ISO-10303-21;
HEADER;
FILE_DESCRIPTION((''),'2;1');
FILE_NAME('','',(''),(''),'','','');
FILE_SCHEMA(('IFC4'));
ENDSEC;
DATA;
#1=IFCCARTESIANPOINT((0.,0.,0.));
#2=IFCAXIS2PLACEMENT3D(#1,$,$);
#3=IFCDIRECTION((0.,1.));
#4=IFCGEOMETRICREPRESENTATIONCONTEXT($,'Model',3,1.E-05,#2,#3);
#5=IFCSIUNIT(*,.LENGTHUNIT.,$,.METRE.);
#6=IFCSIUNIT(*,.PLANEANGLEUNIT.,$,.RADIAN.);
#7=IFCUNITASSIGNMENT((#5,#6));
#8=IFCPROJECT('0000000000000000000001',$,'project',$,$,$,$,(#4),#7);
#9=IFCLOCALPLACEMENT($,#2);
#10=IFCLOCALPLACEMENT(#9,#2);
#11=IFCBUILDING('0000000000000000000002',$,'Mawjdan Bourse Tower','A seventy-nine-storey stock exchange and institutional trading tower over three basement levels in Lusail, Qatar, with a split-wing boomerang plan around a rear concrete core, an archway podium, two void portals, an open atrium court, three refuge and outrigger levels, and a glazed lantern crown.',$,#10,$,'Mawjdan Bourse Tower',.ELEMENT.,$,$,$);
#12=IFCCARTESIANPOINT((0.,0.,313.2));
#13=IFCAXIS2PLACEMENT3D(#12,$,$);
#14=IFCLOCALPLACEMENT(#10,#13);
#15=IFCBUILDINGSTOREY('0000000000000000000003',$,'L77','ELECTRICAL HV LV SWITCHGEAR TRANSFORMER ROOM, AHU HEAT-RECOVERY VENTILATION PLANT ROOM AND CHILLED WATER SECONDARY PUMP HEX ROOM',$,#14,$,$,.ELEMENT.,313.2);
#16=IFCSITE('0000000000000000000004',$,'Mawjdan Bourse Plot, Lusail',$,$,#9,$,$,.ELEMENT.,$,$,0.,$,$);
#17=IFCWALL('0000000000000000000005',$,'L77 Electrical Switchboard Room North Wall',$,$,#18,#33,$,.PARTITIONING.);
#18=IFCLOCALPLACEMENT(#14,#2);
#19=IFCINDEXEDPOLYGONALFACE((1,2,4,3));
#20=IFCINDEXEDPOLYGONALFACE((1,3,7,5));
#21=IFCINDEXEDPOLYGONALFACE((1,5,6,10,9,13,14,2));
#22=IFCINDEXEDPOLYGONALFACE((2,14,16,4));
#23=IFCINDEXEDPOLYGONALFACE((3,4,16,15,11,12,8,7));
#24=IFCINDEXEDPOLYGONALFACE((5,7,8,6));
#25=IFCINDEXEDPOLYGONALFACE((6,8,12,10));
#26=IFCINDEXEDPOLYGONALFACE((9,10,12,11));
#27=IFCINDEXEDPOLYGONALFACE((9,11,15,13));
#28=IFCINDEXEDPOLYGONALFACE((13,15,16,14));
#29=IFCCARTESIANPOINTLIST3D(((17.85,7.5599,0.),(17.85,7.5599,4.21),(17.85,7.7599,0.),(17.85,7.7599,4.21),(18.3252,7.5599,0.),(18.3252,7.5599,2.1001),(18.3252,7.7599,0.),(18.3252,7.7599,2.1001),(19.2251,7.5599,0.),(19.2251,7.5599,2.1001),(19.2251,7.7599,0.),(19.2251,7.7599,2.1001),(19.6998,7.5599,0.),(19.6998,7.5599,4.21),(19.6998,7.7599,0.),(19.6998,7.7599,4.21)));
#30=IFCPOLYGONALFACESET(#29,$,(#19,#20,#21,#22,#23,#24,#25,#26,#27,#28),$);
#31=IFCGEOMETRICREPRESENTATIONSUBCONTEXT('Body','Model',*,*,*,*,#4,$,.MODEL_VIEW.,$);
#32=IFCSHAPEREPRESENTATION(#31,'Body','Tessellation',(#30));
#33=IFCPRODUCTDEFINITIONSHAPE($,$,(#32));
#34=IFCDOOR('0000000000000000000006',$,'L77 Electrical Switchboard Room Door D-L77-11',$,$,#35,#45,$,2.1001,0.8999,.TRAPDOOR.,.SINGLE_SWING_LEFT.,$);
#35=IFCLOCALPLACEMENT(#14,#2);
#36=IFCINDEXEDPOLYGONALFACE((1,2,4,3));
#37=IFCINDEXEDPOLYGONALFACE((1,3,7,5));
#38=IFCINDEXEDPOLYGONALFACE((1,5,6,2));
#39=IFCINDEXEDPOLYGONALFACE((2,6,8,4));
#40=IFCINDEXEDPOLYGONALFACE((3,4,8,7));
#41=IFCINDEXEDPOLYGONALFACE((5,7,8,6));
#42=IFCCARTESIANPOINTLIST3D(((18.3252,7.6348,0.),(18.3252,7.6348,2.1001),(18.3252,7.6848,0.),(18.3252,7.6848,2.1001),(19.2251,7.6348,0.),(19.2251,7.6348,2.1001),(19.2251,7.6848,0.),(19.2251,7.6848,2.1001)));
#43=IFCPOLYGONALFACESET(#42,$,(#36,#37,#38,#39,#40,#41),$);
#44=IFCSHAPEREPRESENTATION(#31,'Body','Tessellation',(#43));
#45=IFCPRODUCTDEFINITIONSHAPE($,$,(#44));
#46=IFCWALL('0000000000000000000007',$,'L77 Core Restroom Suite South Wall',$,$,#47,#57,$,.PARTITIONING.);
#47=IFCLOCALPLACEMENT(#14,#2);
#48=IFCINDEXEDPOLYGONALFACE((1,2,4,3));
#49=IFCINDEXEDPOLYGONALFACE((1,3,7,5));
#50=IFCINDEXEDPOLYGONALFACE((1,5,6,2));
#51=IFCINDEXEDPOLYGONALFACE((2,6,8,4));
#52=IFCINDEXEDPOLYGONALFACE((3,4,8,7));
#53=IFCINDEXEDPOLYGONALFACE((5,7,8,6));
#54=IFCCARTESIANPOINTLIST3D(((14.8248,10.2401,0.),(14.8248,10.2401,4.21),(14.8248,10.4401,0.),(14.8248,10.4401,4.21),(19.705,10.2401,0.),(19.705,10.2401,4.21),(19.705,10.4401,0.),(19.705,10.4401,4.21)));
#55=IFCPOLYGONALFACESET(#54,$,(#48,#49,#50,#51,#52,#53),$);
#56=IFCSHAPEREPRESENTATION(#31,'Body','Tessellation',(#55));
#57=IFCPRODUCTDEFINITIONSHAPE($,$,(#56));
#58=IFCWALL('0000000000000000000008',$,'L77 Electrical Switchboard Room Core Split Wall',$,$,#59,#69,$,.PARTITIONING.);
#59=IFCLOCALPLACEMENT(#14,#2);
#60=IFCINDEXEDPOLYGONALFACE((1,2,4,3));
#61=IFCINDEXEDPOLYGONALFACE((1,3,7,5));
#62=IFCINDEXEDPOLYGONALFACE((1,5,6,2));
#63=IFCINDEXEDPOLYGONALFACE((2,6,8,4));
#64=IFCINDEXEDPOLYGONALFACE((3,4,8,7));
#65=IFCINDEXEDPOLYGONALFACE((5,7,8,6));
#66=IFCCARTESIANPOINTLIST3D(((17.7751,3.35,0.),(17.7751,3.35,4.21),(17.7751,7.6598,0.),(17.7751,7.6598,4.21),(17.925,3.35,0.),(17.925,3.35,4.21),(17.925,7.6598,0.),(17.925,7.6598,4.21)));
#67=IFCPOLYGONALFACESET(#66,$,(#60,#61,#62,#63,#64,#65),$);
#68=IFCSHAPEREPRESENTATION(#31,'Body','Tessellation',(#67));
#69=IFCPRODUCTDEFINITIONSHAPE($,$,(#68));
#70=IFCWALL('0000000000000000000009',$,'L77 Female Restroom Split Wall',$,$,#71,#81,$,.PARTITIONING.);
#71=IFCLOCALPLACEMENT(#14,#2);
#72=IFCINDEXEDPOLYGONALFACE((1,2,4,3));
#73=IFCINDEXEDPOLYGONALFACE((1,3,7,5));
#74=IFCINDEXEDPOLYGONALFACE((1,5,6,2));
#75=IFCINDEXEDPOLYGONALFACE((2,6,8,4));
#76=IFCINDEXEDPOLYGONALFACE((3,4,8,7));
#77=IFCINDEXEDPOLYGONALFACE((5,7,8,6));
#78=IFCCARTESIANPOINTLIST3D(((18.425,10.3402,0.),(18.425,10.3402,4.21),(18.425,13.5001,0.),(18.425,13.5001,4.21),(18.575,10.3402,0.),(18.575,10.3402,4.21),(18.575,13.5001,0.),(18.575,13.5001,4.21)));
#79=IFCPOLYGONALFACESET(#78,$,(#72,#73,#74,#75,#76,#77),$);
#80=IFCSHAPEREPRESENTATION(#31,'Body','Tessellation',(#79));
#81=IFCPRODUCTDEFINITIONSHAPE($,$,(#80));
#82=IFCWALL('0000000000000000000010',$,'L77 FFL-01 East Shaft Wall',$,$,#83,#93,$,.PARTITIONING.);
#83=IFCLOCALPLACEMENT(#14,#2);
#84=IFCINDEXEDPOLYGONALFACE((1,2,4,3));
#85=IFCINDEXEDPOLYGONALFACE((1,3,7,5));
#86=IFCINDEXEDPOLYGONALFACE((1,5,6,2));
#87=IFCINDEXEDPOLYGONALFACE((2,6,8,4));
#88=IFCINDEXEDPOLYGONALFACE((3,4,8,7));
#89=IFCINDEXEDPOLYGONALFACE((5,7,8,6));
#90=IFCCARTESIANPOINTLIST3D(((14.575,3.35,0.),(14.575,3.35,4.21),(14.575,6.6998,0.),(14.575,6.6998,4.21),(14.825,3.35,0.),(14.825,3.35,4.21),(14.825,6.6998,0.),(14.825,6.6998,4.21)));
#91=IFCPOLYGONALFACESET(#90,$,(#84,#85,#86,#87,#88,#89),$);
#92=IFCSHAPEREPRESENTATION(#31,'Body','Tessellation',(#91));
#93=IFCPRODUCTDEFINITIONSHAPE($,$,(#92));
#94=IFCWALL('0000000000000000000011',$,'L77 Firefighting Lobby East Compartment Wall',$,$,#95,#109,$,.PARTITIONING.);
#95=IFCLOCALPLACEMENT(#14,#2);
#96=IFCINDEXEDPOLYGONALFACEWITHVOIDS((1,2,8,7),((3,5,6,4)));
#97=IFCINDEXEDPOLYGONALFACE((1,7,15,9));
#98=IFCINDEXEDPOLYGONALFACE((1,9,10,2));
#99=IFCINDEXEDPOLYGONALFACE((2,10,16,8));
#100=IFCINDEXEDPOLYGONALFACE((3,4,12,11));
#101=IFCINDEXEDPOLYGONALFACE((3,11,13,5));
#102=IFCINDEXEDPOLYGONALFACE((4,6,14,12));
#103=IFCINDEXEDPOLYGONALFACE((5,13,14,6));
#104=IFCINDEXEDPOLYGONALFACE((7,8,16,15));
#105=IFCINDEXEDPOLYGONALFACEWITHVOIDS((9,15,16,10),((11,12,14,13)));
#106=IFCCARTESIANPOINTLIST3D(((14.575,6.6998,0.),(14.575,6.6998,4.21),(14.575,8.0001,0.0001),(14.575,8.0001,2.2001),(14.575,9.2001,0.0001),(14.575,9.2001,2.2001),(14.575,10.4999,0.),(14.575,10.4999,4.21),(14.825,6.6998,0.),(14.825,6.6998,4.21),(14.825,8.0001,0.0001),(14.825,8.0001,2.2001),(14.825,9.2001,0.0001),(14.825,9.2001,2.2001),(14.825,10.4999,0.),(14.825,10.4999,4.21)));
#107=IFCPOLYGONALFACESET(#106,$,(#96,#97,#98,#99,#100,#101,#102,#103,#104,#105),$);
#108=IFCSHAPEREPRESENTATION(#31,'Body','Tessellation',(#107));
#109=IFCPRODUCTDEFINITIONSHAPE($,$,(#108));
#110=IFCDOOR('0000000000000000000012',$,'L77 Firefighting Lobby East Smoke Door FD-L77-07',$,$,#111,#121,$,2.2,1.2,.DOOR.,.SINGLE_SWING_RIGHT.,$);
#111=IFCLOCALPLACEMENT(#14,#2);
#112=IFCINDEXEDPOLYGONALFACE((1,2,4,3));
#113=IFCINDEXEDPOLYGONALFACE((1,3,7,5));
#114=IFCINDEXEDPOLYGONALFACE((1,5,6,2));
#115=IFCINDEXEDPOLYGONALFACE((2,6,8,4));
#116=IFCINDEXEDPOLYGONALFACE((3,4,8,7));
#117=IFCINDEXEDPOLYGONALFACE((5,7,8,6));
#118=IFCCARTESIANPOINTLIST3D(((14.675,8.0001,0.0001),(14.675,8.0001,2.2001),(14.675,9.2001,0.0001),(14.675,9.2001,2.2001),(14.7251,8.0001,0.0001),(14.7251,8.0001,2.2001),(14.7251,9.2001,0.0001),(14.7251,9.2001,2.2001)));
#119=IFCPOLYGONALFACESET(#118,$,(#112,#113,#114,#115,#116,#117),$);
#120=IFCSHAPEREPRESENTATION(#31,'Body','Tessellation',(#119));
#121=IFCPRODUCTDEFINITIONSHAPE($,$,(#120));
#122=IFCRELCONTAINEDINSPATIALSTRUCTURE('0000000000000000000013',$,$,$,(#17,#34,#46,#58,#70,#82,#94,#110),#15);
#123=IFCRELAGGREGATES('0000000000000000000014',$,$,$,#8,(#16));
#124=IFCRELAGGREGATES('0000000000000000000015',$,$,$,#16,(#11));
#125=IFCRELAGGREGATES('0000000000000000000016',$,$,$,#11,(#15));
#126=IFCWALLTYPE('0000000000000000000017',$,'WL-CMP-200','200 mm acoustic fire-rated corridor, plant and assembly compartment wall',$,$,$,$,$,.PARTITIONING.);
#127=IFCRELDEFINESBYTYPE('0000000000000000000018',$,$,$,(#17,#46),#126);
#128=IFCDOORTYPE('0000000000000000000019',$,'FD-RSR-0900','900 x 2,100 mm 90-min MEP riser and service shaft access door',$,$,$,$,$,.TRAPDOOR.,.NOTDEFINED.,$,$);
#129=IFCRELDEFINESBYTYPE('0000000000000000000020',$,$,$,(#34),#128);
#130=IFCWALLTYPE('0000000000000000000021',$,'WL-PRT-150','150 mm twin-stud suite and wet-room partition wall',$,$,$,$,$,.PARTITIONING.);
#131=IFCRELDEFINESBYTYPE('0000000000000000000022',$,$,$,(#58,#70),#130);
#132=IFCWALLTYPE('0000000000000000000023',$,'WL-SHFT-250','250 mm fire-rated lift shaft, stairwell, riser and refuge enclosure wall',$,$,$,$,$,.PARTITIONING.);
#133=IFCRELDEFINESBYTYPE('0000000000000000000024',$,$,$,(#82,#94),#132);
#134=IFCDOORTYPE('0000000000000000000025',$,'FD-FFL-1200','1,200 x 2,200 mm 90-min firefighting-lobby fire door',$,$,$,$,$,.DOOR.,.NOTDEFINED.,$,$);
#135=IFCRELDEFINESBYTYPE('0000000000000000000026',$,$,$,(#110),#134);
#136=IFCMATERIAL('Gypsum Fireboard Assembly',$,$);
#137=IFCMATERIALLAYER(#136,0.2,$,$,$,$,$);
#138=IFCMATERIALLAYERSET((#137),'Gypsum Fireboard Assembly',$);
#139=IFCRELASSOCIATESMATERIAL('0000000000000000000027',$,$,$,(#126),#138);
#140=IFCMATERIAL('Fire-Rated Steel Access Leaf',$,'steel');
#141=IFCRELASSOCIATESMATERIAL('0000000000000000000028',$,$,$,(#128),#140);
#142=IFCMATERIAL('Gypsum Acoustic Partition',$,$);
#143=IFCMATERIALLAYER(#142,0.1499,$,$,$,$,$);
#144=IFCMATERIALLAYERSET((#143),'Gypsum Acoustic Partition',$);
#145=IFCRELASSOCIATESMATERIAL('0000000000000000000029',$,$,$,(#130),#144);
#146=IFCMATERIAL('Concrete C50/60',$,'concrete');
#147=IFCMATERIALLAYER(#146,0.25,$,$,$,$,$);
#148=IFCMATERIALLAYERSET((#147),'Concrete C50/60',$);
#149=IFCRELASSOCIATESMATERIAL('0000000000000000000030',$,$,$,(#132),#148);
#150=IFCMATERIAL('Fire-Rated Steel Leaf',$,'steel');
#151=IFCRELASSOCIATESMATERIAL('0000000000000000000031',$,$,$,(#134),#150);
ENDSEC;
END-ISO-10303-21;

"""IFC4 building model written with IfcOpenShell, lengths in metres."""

from ifc_helpers import new_model, si_unit, direction, frame, frame_2d, origin, place, context, subcontext, project, spatial, rectangle, extrude, material, layer, layer_set, type_object, element, fill, save


model = new_model("IFC4")

# Units and contexts
model_context = context("Model", 3, precision=1e-05, world=origin(), true_north=direction((0.0, 1.0)))
body_context = subcontext(model_context, "Body", "Model", "MODEL_VIEW")
ifc_project = project(units=[si_unit("LENGTHUNIT", "METRE"), si_unit("PLANEANGLEUNIT", "RADIAN")], contexts=[model_context])

# Site, building, storey
site_placement = place(None, origin())
site = spatial("IfcSite", under=ifc_project, at=site_placement, Name="Mawjdan Bourse Plot, Lusail", CompositionType="ELEMENT", RefElevation=0.0)
building_placement = place(site_placement, origin())
building = spatial("IfcBuilding", under=site, at=building_placement, Name="Mawjdan Bourse Tower", Description="A seventy-nine-storey stock exchange and institutional trading tower over three basement levels in Lusail, Qatar, with a split-wing boomerang plan around a rear concrete core, an archway podium, two void portals, an open atrium court, three refuge and outrigger levels, and a glazed lantern crown.", LongName="Mawjdan Bourse Tower", CompositionType="ELEMENT")
storey_placement = place(building_placement, frame((0.0, 0.0, 313.2)))
storey = spatial("IfcBuildingStorey", under=building, at=storey_placement, Name="L77", Description="ELECTRICAL HV LV SWITCHGEAR TRANSFORMER ROOM, AHU HEAT-RECOVERY VENTILATION PLANT ROOM AND CHILLED WATER SECONDARY PUMP HEX ROOM", CompositionType="ELEMENT", Elevation=313.2)

# Wall, opening, door
ifc_material_1 = material(Name="Gypsum Fireboard Assembly")
ifc_layer_1 = layer(ifc_material_1, 0.2)
ifc_layer_set_1 = layer_set([ifc_layer_1], Name="Gypsum Fireboard Assembly")
wall_type_1 = type_object("IfcWallType", Name="WL-CMP-200", Description="200 mm acoustic fire-rated corridor, plant and assembly compartment wall", PredefinedType="PARTITIONING", material=ifc_layer_set_1)
wall_1_placement = place(storey_placement, frame((17.8501, 7.6599, 0.0), z_axis=(0.0, 0.0, 1.0), x_axis=(1.0, 0.0, 0.0)))
wall_1 = element("IfcWall", 1, at=wall_1_placement, inside=storey, type_object=wall_type_1, Name="L77 Electrical Switchboard Room North Wall", PredefinedType="PARTITIONING", context=body_context, shape_type="SweptSolid", body=[
    extrude(rectangle(XDim=1.8499, YDim=0.2, at=frame_2d((0.9248, 0.0))), origin(), (0.0, 0.0, 1.0), 4.21),
])
opening_1_placement = place(wall_1_placement, frame((0.4751, 0.0, 0.0)))
opening_1 = element("IfcOpeningElement", 2, at=opening_1_placement, cuts=wall_1, PredefinedType="OPENING", context=body_context, shape_type="SweptSolid", body=[
    extrude(rectangle(XDim=0.8999, YDim=2.1001, at=frame_2d((0.45, 1.05))), frame((0.0, 0.1099, 0.0), z_axis=(0.0, -1.0, 0.0), x_axis=(1.0, 0.0, 0.0)), (0.0, 0.0, 1.0), 0.22),
])
ifc_material_2 = material(Name="Fire-Rated Steel Access Leaf", Category="steel")
door_type_1 = type_object("IfcDoorType", Name="FD-RSR-0900", Description="900 x 2,100 mm 90-min MEP riser and service shaft access door", OperationType="NOTDEFINED", PredefinedType="TRAPDOOR", material=ifc_material_2)
door_1_placement = place(opening_1_placement, origin())
door_1 = element("IfcDoor", 3, at=door_1_placement, inside=storey, type_object=door_type_1, Name="L77 Electrical Switchboard Room Door D-L77-11", OperationType="SINGLE_SWING_LEFT", OverallHeight=2.1001, OverallWidth=0.8999, PredefinedType="TRAPDOOR", context=body_context, shape_type="SweptSolid", body=[
    extrude(rectangle(XDim=0.8999, YDim=2.1001, at=frame_2d((0.45, 1.05))), frame((0.0, 0.0249, 0.0), z_axis=(0.0, -1.0, 0.0), x_axis=(1.0, 0.0, 0.0)), (0.0, 0.0, 1.0), 0.05),
])
fill(opening_1, door_1)

# Walls
wall_2_placement = place(storey_placement, frame((14.825, 10.3401, 0.0), z_axis=(0.0, 0.0, 1.0), x_axis=(1.0, 0.0, 0.0)))
element("IfcWall", 4, at=wall_2_placement, inside=storey, type_object=wall_type_1, Name="L77 Core Restroom Suite South Wall", PredefinedType="PARTITIONING", context=body_context, shape_type="SweptSolid", body=[
    extrude(rectangle(XDim=4.8801, YDim=0.2, at=frame_2d((2.4399, 0.0))), origin(), (0.0, 0.0, 1.0), 4.21),
])
ifc_material_3 = material(Name="Gypsum Acoustic Partition")
ifc_layer_2 = layer(ifc_material_3, 0.1499)
ifc_layer_set_2 = layer_set([ifc_layer_2], Name="Gypsum Acoustic Partition")
wall_type_2 = type_object("IfcWallType", Name="WL-PRT-150", Description="150 mm twin-stud suite and wet-room partition wall", PredefinedType="PARTITIONING", material=ifc_layer_set_2)
wall_3_placement = place(storey_placement, frame((17.8501, 3.3501, 0.0), z_axis=(0.0, 0.0, 1.0), x_axis=(0.0, 1.0, 0.0)))
element("IfcWall", 5, at=wall_3_placement, inside=storey, type_object=wall_type_2, Name="L77 Electrical Switchboard Room Core Split Wall", PredefinedType="PARTITIONING", context=body_context, shape_type="SweptSolid", body=[
    extrude(rectangle(XDim=4.3098, YDim=0.1499, at=frame_2d((2.1548, 0.0))), origin(), (0.0, 0.0, 1.0), 4.21),
])
wall_4_placement = place(storey_placement, frame((18.5, 10.3401, 0.0), z_axis=(0.0, 0.0, 1.0), x_axis=(0.0, 1.0, 0.0)))
element("IfcWall", 6, at=wall_4_placement, inside=storey, type_object=wall_type_2, Name="L77 Female Restroom Split Wall", PredefinedType="PARTITIONING", context=body_context, shape_type="SweptSolid", body=[
    extrude(rectangle(XDim=3.1599, YDim=0.1499, at=frame_2d((1.5801, 0.0))), origin(), (0.0, 0.0, 1.0), 4.21),
])
ifc_material_4 = material(Name="Concrete C50/60", Category="concrete")
ifc_layer_3 = layer(ifc_material_4, 0.25)
ifc_layer_set_3 = layer_set([ifc_layer_3], Name="Concrete C50/60")
wall_type_3 = type_object("IfcWallType", Name="WL-SHFT-250", Description="250 mm fire-rated lift shaft, stairwell, riser and refuge enclosure wall", PredefinedType="PARTITIONING", material=ifc_layer_set_3)
wall_5_placement = place(storey_placement, frame((14.7, 3.3501, 0.0), z_axis=(0.0, 0.0, 1.0), x_axis=(0.0, 1.0, 0.0)))
element("IfcWall", 7, at=wall_5_placement, inside=storey, type_object=wall_type_3, Name="L77 FFL-01 East Shaft Wall", PredefinedType="PARTITIONING", context=body_context, shape_type="SweptSolid", body=[
    extrude(rectangle(XDim=3.3499, YDim=0.25, at=frame_2d((1.6748, 0.0))), origin(), (0.0, 0.0, 1.0), 4.21),
])

# Wall, opening, door
wall_6_placement = place(storey_placement, frame((14.7, 6.7, 0.0), z_axis=(0.0, 0.0, 1.0), x_axis=(0.0, 1.0, 0.0)))
wall_6 = element("IfcWall", 8, at=wall_6_placement, inside=storey, type_object=wall_type_3, Name="L77 Firefighting Lobby East Compartment Wall", PredefinedType="PARTITIONING", context=body_context, shape_type="SweptSolid", body=[
    extrude(rectangle(XDim=3.8, YDim=0.25, at=frame_2d((1.8999, 0.0))), origin(), (0.0, 0.0, 1.0), 4.21),
])
opening_2_placement = place(wall_6_placement, frame((1.3, 0.0, 0.0)))
opening_2 = element("IfcOpeningElement", 9, at=opening_2_placement, cuts=wall_6, PredefinedType="OPENING", context=body_context, shape_type="SweptSolid", body=[
    extrude(rectangle(XDim=1.2, YDim=2.2, at=frame_2d((0.6001, 1.1001))), frame((0.0, 0.135, 0.0), z_axis=(0.0, -1.0, 0.0), x_axis=(1.0, 0.0, 0.0)), (0.0, 0.0, 1.0), 0.27),
])
ifc_material_5 = material(Name="Fire-Rated Steel Leaf", Category="steel")
door_type_2 = type_object("IfcDoorType", Name="FD-FFL-1200", Description="1,200 x 2,200 mm 90-min firefighting-lobby fire door", OperationType="NOTDEFINED", PredefinedType="DOOR", material=ifc_material_5)
door_2_placement = place(opening_2_placement, origin())
door_2 = element("IfcDoor", 10, at=door_2_placement, inside=storey, type_object=door_type_2, Name="L77 Firefighting Lobby East Smoke Door FD-L77-07", OperationType="SINGLE_SWING_RIGHT", OverallHeight=2.2, OverallWidth=1.2, PredefinedType="DOOR", context=body_context, shape_type="SweptSolid", body=[
    extrude(rectangle(XDim=1.2, YDim=2.2, at=frame_2d((0.6001, 1.1001))), frame((0.0, 0.0249, 0.0), z_axis=(0.0, -1.0, 0.0), x_axis=(1.0, 0.0, 0.0)), (0.0, 0.0, 1.0), 0.05),
])
fill(opening_2, door_2)

save(model, "model.ifc")
